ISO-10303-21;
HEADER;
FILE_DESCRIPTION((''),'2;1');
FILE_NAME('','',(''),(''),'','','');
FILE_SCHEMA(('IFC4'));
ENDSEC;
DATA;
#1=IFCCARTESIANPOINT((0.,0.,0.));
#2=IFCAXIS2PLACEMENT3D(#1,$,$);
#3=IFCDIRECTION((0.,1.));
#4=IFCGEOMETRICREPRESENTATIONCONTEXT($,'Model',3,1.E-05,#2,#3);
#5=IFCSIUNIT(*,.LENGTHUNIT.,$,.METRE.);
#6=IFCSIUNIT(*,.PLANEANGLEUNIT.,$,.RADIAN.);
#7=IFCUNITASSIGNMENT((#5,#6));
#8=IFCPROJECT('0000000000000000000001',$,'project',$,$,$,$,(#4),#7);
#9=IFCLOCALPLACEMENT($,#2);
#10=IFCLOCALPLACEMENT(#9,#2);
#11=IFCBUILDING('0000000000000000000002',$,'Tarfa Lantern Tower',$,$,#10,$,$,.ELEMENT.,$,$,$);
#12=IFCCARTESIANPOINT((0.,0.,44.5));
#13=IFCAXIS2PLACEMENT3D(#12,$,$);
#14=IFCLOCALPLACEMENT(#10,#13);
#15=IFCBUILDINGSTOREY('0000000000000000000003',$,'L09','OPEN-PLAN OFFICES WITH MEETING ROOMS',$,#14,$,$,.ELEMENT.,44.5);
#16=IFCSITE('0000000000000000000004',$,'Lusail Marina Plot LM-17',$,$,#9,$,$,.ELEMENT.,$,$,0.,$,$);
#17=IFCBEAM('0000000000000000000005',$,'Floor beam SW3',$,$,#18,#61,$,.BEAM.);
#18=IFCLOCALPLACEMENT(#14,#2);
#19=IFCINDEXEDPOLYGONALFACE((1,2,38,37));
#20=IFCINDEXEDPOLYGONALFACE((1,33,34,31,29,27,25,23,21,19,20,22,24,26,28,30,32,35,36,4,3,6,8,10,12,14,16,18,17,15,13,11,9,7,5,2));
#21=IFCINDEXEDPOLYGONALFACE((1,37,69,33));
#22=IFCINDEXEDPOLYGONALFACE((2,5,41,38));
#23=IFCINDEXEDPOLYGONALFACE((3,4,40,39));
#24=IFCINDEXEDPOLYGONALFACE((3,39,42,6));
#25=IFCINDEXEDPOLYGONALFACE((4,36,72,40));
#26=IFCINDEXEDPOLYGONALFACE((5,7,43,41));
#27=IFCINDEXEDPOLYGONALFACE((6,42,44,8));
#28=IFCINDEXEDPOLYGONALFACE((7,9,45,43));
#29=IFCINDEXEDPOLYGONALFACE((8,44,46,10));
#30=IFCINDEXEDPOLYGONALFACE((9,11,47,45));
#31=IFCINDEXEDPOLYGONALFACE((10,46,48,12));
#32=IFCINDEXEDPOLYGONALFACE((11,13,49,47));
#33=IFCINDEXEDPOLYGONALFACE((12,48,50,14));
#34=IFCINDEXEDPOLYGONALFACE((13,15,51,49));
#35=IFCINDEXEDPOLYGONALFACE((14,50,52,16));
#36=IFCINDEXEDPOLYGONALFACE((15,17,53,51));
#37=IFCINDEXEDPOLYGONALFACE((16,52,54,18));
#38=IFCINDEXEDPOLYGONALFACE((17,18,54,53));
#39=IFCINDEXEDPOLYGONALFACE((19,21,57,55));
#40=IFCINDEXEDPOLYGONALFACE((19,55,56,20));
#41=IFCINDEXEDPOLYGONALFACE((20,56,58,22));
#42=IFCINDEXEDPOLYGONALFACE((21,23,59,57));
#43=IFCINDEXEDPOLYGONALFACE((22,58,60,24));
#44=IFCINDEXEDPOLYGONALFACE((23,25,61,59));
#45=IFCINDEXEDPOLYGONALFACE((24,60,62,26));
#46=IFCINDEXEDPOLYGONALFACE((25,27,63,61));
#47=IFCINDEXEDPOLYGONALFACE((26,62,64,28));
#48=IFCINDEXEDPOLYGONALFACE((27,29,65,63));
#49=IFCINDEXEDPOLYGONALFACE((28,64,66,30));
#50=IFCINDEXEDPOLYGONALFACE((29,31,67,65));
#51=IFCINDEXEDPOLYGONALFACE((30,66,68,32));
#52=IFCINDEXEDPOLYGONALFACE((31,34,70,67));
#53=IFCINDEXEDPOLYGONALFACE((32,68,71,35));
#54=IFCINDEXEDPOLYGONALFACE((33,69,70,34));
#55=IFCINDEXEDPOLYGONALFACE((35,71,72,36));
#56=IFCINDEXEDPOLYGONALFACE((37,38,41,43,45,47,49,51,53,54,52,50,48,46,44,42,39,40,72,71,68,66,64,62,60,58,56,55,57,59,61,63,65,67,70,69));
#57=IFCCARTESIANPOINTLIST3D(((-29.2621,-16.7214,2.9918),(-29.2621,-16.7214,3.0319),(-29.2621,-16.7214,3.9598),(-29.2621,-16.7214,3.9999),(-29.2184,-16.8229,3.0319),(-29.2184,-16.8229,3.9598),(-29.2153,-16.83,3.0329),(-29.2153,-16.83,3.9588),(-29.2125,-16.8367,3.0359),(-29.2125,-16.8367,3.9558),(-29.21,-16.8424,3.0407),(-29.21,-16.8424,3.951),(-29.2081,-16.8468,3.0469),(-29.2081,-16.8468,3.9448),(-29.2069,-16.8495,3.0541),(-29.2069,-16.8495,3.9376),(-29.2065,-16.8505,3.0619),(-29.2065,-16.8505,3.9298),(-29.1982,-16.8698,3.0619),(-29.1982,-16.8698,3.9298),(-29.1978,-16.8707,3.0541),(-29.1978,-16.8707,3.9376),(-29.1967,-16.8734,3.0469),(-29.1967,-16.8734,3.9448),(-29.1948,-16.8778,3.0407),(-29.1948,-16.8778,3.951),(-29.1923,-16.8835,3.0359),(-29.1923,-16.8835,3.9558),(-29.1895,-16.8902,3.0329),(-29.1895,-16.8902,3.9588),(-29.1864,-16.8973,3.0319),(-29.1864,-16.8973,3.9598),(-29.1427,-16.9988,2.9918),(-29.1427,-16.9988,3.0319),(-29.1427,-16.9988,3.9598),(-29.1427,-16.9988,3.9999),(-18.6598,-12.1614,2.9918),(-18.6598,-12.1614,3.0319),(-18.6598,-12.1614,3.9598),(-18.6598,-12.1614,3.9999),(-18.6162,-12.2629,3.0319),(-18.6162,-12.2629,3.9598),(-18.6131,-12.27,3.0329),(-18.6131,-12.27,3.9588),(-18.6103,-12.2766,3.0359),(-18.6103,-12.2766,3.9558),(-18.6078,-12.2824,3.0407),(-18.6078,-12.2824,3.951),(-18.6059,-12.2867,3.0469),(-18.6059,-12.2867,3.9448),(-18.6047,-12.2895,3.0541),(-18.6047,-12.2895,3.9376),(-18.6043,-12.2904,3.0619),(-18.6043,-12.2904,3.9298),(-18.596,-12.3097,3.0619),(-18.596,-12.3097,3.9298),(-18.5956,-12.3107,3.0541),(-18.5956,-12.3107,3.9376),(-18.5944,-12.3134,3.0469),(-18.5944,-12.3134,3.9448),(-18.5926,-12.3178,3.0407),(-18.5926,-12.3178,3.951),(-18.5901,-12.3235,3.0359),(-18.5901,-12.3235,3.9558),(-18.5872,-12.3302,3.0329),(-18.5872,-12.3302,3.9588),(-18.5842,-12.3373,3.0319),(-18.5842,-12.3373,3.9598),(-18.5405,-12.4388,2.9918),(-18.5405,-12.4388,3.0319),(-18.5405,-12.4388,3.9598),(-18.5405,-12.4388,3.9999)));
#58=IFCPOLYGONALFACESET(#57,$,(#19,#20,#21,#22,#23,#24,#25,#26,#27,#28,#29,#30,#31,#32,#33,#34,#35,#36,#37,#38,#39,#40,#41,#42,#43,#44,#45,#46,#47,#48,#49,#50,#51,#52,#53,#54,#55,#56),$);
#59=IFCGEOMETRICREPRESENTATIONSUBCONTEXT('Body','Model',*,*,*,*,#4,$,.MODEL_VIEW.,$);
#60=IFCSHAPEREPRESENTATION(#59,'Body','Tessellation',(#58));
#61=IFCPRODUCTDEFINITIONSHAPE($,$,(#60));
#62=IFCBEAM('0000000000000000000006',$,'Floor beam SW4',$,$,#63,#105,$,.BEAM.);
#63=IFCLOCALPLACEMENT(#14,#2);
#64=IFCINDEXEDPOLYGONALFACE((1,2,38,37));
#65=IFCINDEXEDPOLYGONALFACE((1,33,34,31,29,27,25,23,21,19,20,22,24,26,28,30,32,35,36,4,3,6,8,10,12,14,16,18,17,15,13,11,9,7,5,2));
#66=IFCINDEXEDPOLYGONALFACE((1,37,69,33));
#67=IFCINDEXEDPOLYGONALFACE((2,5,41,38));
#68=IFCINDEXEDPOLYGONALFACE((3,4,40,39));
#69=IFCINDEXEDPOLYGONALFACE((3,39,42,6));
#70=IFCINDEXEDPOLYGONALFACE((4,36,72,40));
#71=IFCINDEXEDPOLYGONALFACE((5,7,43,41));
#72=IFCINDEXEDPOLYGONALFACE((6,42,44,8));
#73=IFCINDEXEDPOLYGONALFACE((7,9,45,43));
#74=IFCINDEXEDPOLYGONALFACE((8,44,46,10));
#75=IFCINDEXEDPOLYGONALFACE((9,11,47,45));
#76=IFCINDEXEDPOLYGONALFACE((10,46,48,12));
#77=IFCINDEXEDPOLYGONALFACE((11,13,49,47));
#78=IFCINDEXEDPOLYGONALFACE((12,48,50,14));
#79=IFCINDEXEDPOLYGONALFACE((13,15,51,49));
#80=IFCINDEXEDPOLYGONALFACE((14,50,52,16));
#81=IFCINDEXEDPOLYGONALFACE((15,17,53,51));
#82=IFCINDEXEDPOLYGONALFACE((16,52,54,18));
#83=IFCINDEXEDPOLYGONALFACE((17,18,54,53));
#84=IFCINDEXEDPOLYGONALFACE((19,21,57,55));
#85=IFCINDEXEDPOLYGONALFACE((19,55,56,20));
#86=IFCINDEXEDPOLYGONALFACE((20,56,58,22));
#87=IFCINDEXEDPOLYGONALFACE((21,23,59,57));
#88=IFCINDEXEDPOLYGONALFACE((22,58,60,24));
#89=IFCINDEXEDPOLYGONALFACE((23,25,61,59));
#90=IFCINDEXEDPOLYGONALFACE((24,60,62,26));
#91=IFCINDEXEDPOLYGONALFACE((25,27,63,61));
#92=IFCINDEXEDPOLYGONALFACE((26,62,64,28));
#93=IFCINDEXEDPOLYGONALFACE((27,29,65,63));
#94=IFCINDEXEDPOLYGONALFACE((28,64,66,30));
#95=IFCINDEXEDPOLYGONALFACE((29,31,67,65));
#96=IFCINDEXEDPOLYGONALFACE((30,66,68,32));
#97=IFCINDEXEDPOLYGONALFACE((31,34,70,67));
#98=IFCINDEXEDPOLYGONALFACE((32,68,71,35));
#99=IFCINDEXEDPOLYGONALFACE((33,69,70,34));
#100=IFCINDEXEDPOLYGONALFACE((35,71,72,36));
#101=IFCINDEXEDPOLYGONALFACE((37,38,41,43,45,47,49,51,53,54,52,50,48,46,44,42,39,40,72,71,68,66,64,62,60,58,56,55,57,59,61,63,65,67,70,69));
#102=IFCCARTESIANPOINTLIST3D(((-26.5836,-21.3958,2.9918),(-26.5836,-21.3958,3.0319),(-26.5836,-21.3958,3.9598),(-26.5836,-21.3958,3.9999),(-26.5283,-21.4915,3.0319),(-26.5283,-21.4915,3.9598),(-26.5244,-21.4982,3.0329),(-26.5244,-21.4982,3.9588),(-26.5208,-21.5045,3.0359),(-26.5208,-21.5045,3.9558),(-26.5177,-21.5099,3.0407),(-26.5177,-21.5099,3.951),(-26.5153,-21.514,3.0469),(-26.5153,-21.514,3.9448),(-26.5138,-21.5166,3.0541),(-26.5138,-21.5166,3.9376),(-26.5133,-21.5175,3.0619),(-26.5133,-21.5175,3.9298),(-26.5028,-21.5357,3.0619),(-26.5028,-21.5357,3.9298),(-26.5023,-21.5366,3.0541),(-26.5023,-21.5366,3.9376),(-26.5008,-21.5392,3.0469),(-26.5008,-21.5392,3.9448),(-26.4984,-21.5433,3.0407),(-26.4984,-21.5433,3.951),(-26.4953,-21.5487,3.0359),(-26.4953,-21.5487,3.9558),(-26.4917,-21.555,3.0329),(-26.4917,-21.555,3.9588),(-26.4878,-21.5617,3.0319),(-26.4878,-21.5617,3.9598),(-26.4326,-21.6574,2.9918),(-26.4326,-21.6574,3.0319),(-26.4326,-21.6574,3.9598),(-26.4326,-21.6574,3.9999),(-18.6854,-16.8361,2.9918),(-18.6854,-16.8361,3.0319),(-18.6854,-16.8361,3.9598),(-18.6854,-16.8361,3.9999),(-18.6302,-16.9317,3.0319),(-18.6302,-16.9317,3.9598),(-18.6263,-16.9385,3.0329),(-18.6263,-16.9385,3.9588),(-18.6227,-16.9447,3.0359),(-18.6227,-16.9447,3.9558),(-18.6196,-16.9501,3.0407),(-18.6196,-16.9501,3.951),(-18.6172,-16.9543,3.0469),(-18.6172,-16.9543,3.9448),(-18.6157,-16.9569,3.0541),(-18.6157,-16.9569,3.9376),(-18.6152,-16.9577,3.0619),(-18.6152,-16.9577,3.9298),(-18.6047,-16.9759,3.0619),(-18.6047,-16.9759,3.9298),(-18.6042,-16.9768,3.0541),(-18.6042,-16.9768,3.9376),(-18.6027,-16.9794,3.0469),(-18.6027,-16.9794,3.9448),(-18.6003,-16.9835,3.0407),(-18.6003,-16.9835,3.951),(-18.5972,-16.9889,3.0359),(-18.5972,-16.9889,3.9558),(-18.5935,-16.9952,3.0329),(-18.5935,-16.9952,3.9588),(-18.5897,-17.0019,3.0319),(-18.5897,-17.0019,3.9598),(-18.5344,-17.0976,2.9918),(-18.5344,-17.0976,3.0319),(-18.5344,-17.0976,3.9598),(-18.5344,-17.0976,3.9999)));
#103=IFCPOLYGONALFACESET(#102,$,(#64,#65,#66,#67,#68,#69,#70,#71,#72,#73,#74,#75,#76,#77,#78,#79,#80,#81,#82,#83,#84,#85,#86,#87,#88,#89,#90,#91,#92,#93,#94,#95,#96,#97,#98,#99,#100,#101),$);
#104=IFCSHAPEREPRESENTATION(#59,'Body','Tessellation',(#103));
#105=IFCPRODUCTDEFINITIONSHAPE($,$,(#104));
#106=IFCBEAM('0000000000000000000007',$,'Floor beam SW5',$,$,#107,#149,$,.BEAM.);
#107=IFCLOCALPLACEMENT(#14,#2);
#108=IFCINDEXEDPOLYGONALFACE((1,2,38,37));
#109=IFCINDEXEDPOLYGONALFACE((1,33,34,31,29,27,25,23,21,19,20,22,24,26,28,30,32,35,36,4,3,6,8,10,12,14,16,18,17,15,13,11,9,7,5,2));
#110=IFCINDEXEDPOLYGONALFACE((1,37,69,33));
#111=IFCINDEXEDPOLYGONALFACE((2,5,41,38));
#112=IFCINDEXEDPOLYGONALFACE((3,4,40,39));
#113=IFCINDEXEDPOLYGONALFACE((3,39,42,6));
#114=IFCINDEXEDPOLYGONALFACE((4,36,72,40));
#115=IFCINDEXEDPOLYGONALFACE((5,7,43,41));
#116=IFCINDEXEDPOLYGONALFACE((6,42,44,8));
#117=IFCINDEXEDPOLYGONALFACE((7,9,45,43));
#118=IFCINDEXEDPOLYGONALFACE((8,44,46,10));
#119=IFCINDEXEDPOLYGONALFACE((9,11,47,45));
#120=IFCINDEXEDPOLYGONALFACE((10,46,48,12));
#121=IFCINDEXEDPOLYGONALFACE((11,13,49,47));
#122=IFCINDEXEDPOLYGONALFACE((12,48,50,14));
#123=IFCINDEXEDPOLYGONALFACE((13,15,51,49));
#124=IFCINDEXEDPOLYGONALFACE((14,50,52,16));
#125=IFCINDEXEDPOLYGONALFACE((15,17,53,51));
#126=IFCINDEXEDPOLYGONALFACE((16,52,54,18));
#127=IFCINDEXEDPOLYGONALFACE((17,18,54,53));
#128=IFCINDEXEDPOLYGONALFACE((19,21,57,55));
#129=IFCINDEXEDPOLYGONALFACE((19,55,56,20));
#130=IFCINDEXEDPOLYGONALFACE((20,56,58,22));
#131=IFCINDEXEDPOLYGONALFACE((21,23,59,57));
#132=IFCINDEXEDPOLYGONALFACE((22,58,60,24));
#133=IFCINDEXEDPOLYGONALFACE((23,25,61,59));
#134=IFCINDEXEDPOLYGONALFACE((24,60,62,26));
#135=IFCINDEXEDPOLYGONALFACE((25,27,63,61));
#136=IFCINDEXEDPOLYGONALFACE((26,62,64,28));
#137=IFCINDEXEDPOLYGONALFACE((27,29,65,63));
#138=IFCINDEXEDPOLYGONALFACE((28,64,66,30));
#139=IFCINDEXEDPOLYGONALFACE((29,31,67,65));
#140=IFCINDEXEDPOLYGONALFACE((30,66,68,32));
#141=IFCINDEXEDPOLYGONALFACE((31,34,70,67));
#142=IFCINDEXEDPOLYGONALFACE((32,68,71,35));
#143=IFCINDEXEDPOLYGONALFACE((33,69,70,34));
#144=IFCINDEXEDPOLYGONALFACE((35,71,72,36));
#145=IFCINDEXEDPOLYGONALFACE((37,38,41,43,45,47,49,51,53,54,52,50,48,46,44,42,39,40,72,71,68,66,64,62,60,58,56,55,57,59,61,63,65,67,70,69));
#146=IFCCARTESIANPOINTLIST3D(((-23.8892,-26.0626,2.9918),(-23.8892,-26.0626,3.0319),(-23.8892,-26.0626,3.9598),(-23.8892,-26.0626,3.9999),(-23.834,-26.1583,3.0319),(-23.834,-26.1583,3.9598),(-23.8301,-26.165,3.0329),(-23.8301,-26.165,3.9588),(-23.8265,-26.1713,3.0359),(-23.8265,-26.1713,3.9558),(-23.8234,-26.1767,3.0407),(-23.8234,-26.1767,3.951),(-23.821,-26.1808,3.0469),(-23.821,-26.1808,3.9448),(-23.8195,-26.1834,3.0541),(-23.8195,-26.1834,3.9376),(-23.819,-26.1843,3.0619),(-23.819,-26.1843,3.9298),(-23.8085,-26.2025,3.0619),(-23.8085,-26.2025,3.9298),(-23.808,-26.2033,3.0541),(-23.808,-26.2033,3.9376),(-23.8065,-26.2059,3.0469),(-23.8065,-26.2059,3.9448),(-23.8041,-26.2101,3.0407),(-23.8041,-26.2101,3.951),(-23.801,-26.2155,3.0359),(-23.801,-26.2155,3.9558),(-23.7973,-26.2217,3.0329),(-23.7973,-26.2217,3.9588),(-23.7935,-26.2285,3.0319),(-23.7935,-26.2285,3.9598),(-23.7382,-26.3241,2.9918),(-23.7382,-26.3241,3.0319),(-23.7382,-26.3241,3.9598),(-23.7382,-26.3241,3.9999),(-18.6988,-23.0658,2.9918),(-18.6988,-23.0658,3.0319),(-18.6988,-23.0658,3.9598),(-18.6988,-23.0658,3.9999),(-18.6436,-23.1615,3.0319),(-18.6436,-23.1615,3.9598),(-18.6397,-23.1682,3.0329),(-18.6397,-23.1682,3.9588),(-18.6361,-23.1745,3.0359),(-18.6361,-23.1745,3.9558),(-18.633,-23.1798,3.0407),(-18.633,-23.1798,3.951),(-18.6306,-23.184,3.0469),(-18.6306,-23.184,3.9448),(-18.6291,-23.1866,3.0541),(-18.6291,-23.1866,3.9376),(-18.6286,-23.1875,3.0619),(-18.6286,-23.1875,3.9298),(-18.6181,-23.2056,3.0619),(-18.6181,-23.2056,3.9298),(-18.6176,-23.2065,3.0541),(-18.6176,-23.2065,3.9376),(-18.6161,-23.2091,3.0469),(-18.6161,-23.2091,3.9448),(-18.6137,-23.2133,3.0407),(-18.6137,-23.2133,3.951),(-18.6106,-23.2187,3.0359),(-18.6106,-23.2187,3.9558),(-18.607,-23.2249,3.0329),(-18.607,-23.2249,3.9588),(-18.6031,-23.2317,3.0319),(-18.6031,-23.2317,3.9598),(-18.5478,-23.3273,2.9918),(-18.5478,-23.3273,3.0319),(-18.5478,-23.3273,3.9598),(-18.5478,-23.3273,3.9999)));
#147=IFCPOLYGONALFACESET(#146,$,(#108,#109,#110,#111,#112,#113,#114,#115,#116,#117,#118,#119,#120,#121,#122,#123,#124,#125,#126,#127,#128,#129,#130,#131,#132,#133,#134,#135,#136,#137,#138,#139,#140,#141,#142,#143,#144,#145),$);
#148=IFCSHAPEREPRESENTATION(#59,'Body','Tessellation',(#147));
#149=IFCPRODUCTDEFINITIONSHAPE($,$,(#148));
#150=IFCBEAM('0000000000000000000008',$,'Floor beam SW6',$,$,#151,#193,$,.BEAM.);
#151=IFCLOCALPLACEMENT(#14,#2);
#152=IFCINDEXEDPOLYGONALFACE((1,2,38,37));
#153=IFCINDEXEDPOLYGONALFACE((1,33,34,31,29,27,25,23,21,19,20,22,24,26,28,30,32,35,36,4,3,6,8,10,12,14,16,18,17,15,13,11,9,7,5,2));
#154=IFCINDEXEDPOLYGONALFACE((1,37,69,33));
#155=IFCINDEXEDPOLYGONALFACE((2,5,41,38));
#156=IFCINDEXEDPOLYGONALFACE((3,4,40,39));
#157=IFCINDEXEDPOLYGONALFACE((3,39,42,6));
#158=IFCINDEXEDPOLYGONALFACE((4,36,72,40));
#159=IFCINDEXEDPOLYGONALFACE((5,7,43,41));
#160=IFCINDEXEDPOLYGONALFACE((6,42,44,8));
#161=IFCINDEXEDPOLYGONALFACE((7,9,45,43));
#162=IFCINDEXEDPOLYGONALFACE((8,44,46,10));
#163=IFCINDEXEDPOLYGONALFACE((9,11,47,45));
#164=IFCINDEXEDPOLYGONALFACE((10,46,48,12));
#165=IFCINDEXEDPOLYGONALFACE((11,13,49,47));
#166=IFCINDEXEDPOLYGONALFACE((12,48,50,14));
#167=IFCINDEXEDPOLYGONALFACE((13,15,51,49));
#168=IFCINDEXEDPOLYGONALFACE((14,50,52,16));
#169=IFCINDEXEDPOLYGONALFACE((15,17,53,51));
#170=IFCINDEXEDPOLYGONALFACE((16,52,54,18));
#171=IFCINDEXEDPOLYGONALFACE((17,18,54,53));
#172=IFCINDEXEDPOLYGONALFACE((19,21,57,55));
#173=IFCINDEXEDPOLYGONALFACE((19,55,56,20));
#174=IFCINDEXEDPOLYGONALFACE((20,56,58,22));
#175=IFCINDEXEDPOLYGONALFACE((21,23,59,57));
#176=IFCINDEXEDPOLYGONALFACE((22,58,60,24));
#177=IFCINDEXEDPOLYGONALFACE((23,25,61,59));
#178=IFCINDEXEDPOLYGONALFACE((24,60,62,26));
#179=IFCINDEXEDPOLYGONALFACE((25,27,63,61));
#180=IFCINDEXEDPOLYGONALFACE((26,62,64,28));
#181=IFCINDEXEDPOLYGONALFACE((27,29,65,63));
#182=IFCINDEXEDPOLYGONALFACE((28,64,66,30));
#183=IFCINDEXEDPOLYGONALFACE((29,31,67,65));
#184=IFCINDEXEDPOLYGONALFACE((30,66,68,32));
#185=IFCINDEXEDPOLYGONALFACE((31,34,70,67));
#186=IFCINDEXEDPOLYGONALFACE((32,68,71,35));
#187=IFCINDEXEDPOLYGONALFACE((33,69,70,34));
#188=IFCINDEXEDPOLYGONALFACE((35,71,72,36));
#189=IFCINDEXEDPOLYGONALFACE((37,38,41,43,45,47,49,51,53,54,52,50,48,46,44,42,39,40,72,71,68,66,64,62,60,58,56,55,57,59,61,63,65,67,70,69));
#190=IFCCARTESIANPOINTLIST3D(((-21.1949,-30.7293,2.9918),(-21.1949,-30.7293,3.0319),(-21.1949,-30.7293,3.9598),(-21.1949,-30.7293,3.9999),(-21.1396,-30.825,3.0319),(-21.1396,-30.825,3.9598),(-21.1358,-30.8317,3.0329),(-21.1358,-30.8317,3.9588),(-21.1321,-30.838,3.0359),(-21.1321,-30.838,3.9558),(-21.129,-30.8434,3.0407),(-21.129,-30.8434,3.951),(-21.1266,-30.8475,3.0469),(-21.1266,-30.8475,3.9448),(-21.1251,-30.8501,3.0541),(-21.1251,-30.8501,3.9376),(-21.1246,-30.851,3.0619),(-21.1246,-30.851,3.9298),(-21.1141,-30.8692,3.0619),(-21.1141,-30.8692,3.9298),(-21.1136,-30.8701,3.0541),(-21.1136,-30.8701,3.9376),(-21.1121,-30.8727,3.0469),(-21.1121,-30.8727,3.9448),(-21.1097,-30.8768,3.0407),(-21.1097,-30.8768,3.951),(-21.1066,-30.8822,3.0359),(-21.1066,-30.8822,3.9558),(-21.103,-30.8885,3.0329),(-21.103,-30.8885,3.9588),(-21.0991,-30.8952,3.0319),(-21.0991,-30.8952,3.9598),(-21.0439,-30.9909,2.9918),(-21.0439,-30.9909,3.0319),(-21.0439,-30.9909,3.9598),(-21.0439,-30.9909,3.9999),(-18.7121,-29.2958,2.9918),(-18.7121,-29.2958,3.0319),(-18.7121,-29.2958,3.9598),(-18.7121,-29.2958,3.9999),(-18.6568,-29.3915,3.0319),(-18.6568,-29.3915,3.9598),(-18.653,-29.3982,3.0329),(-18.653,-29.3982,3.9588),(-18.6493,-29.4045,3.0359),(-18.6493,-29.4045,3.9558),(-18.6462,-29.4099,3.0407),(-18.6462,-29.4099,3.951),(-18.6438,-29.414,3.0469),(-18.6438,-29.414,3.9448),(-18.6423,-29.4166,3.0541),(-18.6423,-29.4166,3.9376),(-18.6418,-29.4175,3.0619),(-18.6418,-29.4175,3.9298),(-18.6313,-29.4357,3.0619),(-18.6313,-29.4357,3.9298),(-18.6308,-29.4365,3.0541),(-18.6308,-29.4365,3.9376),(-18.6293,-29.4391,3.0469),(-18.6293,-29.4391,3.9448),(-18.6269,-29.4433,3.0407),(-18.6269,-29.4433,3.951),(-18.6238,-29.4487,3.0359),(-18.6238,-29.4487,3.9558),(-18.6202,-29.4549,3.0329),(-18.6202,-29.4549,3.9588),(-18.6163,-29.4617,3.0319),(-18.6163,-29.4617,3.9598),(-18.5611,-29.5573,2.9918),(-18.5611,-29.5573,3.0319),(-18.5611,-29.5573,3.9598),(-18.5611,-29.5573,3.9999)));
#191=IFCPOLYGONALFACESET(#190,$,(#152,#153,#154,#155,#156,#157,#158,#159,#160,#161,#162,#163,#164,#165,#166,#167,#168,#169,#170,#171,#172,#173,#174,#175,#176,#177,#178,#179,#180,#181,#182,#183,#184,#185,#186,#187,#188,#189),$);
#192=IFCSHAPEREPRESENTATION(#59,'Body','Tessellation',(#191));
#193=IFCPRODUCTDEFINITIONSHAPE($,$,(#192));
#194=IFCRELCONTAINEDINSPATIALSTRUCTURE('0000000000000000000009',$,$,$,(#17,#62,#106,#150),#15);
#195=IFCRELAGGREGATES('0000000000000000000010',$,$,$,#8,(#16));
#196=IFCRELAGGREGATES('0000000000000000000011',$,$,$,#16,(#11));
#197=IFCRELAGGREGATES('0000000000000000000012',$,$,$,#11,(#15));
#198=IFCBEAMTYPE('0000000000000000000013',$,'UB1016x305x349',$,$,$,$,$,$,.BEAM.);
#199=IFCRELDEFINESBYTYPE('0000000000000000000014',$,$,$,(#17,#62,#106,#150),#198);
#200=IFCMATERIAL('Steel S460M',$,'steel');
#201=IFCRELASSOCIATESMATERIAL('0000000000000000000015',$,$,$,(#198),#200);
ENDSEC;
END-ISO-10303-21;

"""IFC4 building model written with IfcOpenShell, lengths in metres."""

from ifc_helpers import new_model, si_unit, direction, frame, origin, origin_2d, place, context, subcontext, project, spatial, i_section, extrude, material, material_profile, profile_set, type_object, element, save


model = new_model("IFC4")

# Units and contexts
model_context = context("Model", 3, precision=1e-05, world=origin(), true_north=direction((0.0, 1.0)))
body_context = subcontext(model_context, "Body", "Model", "MODEL_VIEW")
ifc_project = project(units=[si_unit("LENGTHUNIT", "METRE"), si_unit("PLANEANGLEUNIT", "RADIAN")], contexts=[model_context])

# Site, building, storey
site_placement = place(None, origin())
site = spatial("IfcSite", under=ifc_project, at=site_placement, Name="Lusail Marina Plot LM-17", CompositionType="ELEMENT", RefElevation=0.0)
building_placement = place(site_placement, origin())
building = spatial("IfcBuilding", under=site, at=building_placement, Name="Tarfa Lantern Tower", CompositionType="ELEMENT")
storey_placement = place(building_placement, frame((0.0, 0.0, 44.5)))
storey = spatial("IfcBuildingStorey", under=building, at=storey_placement, Name="L09", Description="OPEN-PLAN OFFICES WITH MEETING ROOMS", CompositionType="ELEMENT", Elevation=44.5)

# Beams
ifc_material_1 = material(Name="Steel S460M", Category="steel")
ifc_material_profile_1 = material_profile(ifc_material_1, i_section(OverallWidth=0.302, OverallDepth=1.0081, WebThickness=0.021, FlangeThickness=0.04, FilletRadius=0.03, at=origin_2d()), Name="UB1016x305x349")
ifc_profile_set_1 = profile_set([ifc_material_profile_1], Name="Steel S460M")
beam_type_1 = type_object("IfcBeamType", Name="UB1016x305x349", PredefinedType="BEAM", material=ifc_profile_set_1)
beam_1_placement = place(storey_placement, frame((-29.2024, -16.8601, 3.4958), z_axis=(0.918635, 0.395106, 0.0), x_axis=(-0.395106, 0.918635, 0.0)))
element("IfcBeam", 1, at=beam_1_placement, inside=storey, type_object=beam_type_1, Name="Floor beam SW3", PredefinedType="BEAM", context=body_context, shape_type="SweptSolid", body=[
    extrude(i_section(OverallWidth=0.302, OverallDepth=1.0081, WebThickness=0.021, FlangeThickness=0.04, FilletRadius=0.03, at=origin_2d()), origin(), (0.0, 0.0, 1.0), 11.5413),
])
beam_2_placement = place(storey_placement, frame((-26.5081, -21.5266, 3.4958), z_axis=(0.866035, 0.499983, 0.0), x_axis=(-0.499983, 0.866035, 0.0)))
element("IfcBeam", 2, at=beam_2_placement, inside=storey, type_object=beam_type_1, Name="Floor beam SW4", PredefinedType="BEAM", context=body_context, shape_type="SweptSolid", body=[
    extrude(i_section(OverallWidth=0.302, OverallDepth=1.0081, WebThickness=0.021, FlangeThickness=0.04, FilletRadius=0.03, at=origin_2d()), origin(), (0.0, 0.0, 1.0), 9.1199),
])
beam_3_placement = place(storey_placement, frame((-23.8137, -26.1934, 3.4958), z_axis=(0.866016, 0.500016, 0.0), x_axis=(-0.500016, 0.866016, 0.0)))
element("IfcBeam", 3, at=beam_3_placement, inside=storey, type_object=beam_type_1, Name="Floor beam SW5", PredefinedType="BEAM", context=body_context, shape_type="SweptSolid", body=[
    extrude(i_section(OverallWidth=0.302, OverallDepth=1.0081, WebThickness=0.021, FlangeThickness=0.04, FilletRadius=0.03, at=origin_2d()), origin(), (0.0, 0.0, 1.0), 5.9934),
])
beam_4_placement = place(storey_placement, frame((-21.1194, -30.8601, 3.4958), z_axis=(0.866013, 0.500022, 0.0), x_axis=(-0.500022, 0.866013, 0.0)))
element("IfcBeam", 4, at=beam_4_placement, inside=storey, type_object=beam_type_1, Name="Floor beam SW6", PredefinedType="BEAM", context=body_context, shape_type="SweptSolid", body=[
    extrude(i_section(OverallWidth=0.302, OverallDepth=1.0081, WebThickness=0.021, FlangeThickness=0.04, FilletRadius=0.03, at=origin_2d()), origin(), (0.0, 0.0, 1.0), 2.8669),
])

save(model, "model.ifc")
